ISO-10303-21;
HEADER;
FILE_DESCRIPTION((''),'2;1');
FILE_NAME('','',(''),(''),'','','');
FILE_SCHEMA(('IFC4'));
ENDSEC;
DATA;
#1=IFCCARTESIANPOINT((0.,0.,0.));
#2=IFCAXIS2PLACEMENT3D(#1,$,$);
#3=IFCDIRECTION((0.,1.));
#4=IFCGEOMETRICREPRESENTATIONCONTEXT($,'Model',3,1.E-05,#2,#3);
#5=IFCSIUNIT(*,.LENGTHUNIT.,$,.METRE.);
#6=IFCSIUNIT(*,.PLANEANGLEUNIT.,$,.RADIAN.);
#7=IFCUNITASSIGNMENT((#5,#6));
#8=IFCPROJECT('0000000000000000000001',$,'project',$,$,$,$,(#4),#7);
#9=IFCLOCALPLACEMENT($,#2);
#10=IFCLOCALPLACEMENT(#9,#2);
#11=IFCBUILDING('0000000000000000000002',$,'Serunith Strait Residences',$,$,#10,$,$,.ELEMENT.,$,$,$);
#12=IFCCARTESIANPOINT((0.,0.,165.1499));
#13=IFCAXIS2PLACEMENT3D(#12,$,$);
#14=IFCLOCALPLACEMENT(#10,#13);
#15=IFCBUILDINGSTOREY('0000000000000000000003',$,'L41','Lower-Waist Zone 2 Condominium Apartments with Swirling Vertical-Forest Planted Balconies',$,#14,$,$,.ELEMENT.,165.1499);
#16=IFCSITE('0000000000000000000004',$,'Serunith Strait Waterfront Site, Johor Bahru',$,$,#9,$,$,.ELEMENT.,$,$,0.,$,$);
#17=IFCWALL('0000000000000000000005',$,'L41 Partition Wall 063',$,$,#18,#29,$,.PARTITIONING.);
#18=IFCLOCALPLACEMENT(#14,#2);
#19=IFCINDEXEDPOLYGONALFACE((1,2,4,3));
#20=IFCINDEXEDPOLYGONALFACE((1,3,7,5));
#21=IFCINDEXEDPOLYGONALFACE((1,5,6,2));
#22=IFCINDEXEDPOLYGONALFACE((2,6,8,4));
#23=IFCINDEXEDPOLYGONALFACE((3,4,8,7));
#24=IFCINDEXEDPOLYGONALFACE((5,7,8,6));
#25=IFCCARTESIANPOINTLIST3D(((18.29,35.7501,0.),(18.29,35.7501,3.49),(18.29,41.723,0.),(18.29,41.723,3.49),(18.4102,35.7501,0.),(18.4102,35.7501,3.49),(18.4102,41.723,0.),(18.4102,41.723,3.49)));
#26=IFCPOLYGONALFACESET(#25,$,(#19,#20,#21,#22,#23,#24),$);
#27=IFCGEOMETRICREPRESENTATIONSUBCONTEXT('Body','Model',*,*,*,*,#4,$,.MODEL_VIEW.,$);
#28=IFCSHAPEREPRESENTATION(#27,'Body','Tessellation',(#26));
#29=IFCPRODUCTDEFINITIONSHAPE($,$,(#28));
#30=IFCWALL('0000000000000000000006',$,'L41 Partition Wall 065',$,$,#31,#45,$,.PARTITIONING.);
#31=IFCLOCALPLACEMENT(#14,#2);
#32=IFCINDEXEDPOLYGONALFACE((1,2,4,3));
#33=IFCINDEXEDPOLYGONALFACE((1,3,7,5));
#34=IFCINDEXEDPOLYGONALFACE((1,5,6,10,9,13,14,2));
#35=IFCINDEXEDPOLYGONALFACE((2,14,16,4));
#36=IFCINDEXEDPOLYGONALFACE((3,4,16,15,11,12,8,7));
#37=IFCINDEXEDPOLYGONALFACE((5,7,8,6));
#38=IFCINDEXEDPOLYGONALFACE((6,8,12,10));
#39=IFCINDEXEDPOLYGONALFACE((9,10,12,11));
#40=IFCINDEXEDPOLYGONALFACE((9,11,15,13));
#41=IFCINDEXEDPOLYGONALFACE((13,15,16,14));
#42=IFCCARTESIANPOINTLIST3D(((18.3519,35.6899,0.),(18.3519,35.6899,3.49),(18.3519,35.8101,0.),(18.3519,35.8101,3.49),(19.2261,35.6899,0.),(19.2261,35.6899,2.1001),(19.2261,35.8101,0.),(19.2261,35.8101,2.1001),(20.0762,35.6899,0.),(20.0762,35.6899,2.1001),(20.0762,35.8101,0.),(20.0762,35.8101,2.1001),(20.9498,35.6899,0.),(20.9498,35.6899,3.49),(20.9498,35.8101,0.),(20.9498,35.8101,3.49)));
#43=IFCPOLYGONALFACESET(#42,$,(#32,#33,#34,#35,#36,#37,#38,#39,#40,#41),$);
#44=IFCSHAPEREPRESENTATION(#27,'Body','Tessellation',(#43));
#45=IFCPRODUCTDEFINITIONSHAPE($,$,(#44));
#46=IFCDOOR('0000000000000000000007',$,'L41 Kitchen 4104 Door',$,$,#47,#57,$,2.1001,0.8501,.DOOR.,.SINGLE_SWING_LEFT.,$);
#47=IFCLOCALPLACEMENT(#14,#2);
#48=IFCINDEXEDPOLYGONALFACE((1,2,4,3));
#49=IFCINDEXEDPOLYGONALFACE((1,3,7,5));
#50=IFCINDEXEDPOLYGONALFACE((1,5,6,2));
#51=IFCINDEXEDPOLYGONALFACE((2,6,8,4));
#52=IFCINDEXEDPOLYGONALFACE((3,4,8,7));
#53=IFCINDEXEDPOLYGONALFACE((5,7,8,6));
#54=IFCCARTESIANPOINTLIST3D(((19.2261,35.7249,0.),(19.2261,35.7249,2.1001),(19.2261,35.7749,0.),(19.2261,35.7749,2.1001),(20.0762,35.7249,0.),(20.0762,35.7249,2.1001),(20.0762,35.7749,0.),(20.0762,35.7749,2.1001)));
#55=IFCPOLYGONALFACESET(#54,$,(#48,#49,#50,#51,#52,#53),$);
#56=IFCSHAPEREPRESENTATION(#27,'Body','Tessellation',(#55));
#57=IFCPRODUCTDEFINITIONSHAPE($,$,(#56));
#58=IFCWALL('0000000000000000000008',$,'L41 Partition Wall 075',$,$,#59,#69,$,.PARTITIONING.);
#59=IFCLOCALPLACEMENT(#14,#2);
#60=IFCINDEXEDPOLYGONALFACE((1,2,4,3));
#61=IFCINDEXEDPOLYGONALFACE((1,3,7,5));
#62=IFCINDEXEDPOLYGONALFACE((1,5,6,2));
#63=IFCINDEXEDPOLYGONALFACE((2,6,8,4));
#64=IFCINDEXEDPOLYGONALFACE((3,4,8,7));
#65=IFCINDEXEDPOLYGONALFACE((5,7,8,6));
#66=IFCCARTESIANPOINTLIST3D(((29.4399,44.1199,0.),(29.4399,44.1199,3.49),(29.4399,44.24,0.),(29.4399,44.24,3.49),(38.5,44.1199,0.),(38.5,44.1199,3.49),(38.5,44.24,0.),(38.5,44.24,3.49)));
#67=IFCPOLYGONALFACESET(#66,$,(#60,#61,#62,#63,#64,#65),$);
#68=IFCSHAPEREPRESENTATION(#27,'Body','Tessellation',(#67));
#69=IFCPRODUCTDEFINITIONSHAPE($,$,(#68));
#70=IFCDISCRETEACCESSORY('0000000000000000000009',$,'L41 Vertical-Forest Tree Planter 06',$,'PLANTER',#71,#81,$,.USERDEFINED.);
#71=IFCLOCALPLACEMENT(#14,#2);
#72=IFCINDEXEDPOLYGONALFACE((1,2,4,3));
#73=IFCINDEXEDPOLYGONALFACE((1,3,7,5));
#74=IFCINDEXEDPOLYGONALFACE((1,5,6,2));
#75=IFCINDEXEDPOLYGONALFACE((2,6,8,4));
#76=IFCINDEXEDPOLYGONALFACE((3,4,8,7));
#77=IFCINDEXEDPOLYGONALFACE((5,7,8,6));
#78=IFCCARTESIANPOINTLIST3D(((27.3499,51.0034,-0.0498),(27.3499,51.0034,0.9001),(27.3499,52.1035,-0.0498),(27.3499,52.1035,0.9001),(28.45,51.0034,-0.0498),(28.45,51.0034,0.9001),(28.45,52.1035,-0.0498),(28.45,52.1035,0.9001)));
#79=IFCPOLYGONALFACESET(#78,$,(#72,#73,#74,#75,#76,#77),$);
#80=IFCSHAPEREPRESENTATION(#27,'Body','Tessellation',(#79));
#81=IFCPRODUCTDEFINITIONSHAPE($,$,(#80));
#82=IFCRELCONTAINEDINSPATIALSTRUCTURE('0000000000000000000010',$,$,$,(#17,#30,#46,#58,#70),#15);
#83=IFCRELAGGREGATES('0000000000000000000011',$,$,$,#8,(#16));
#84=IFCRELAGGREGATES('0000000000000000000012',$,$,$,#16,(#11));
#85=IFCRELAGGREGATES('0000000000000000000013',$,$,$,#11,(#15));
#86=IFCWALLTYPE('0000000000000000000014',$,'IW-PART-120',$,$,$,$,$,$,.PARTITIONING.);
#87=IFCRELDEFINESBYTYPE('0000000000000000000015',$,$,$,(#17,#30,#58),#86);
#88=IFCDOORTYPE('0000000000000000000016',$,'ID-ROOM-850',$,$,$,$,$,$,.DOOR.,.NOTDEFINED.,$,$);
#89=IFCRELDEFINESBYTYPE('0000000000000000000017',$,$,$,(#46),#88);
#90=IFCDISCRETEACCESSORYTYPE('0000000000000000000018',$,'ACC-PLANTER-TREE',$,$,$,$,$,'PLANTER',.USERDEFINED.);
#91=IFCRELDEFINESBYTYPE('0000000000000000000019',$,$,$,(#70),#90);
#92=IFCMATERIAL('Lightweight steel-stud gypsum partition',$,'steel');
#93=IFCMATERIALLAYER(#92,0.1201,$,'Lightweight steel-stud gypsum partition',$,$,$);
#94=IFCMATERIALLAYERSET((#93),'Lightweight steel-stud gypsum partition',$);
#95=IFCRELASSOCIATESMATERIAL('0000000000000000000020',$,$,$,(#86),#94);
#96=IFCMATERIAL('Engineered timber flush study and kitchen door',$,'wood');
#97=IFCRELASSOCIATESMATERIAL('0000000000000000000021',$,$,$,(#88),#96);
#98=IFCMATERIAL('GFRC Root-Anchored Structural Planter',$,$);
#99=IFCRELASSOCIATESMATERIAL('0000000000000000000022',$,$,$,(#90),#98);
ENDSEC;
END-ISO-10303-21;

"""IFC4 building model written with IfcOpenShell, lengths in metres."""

from ifc_helpers import new_model, si_unit, direction, frame, frame_2d, origin, origin_2d, place, context, subcontext, project, spatial, rectangle, extrude, source, transform, mapped, material, layer, layer_set, type_object, element, fill, save


model = new_model("IFC4")

# Units and contexts
model_context = context("Model", 3, precision=1e-05, world=origin(), true_north=direction((0.0, 1.0)))
body_context = subcontext(model_context, "Body", "Model", "MODEL_VIEW")
ifc_project = project(units=[si_unit("LENGTHUNIT", "METRE"), si_unit("PLANEANGLEUNIT", "RADIAN")], contexts=[model_context])

# Site, building, storey
site_placement = place(None, origin())
site = spatial("IfcSite", under=ifc_project, at=site_placement, Name="Serunith Strait Waterfront Site, Johor Bahru", CompositionType="ELEMENT", RefElevation=0.0)
building_placement = place(site_placement, origin())
building = spatial("IfcBuilding", under=site, at=building_placement, Name="Serunith Strait Residences", CompositionType="ELEMENT")
storey_placement = place(building_placement, frame((0.0, 0.0, 165.1499)))
storey = spatial("IfcBuildingStorey", under=building, at=storey_placement, Name="L41", Description="Lower-Waist Zone 2 Condominium Apartments with Swirling Vertical-Forest Planted Balconies", CompositionType="ELEMENT", Elevation=165.1499)

# Shared definitions
ifc_material_1 = material(Name="Lightweight steel-stud gypsum partition", Category="steel")
ifc_layer_1 = layer(ifc_material_1, 0.1201, Name="Lightweight steel-stud gypsum partition")
ifc_layer_set_1 = layer_set([ifc_layer_1], Name="Lightweight steel-stud gypsum partition")
wall_type = type_object("IfcWallType", Name="IW-PART-120", PredefinedType="PARTITIONING", material=ifc_layer_set_1)

# Wall
wall_1_placement = place(storey_placement, frame((18.3501, 41.7229, 0.0), z_axis=(0.0, 0.0, 1.0), x_axis=(0.0, -1.0, 0.0)))
element("IfcWall", 1, at=wall_1_placement, inside=storey, type_object=wall_type, Name="L41 Partition Wall 063", PredefinedType="PARTITIONING", context=body_context, shape_type="SweptSolid", body=[
    extrude(rectangle(XDim=5.9729, YDim=0.1201, at=frame_2d((2.9863, 0.0))), origin(), (0.0, 0.0, 1.0), 3.49),
])

# Wall, opening, door
wall_2_placement = place(storey_placement, frame((18.3521, 35.75, 0.0), z_axis=(0.0, 0.0, 1.0), x_axis=(1.0, 0.0, 0.0)))
wall_2 = element("IfcWall", 2, at=wall_2_placement, inside=storey, type_object=wall_type, Name="L41 Partition Wall 065", PredefinedType="PARTITIONING", context=body_context, shape_type="SweptSolid", body=[
    extrude(rectangle(XDim=2.5979, YDim=0.1201, at=frame_2d((1.2988, 0.0))), origin(), (0.0, 0.0, 1.0), 3.49),
])
opening_1_placement = place(wall_2_placement, frame((0.874, 0.0, 0.0)))
opening_1 = element("IfcOpeningElement", 3, at=opening_1_placement, cuts=wall_2, PredefinedType="OPENING", context=body_context, shape_type="SweptSolid", body=[
    extrude(rectangle(XDim=0.8501, YDim=2.1001, at=frame_2d((0.425, 1.05))), frame((0.0, 0.0701, 0.0), z_axis=(0.0, -1.0, 0.0), x_axis=(1.0, 0.0, 0.0)), (0.0, 0.0, 1.0), 0.1401),
])
ifc_material_2 = material(Name="Engineered timber flush study and kitchen door", Category="wood")
door_type_1 = type_object("IfcDoorType", Name="ID-ROOM-850", OperationType="NOTDEFINED", PredefinedType="DOOR", material=ifc_material_2)
shared_shape_1 = source(origin(), body_context, "Body", "SweptSolid", [
    extrude(rectangle(XDim=0.8501, YDim=2.1001, at=frame_2d((0.425, 1.05))), frame((0.0, 0.0249, 0.0), z_axis=(0.0, -1.0, 0.0), x_axis=(1.0, 0.0, 0.0)), (0.0, 0.0, 1.0), 0.05),
])
door_1_placement = place(opening_1_placement, origin())
door_1 = element("IfcDoor", 4, at=door_1_placement, inside=storey, type_object=door_type_1, Name="L41 Kitchen 4104 Door", OperationType="SINGLE_SWING_LEFT", OverallHeight=2.1001, OverallWidth=0.8501, PredefinedType="DOOR", context=body_context, shape_type="MappedRepresentation", body=[
    mapped(shared_shape_1, transform((0.0, 0.0, 0.0), scale=1.0)),
])
fill(opening_1, door_1)

# Wall
wall_3_placement = place(storey_placement, frame((29.4399, 44.1799, 0.0), z_axis=(0.0, 0.0, 1.0), x_axis=(1.0, 0.0, 0.0)))
element("IfcWall", 5, at=wall_3_placement, inside=storey, type_object=wall_type, Name="L41 Partition Wall 075", PredefinedType="PARTITIONING", context=body_context, shape_type="SweptSolid", body=[
    extrude(rectangle(XDim=9.0601, YDim=0.1201, at=frame_2d((4.53, 0.0))), origin(), (0.0, 0.0, 1.0), 3.49),
])

# Discrete accessory
ifc_material_3 = material(Name="GFRC Root-Anchored Structural Planter")
discrete_accessory_type = type_object("IfcDiscreteAccessoryType", Name="ACC-PLANTER-TREE", ElementType="PLANTER", PredefinedType="USERDEFINED", material=ifc_material_3)
shared_shape_2 = source(origin(), body_context, "Body", "SweptSolid", [
    extrude(rectangle(XDim=1.1001, YDim=1.1001, at=origin_2d()), origin(), (0.0, 0.0, 1.0), 0.95),
])
discrete_accessory_placement = place(storey_placement, frame((27.8999, 51.5535, -0.0498), z_axis=(0.0, 0.0, 1.0), x_axis=(-1.0, 0.0, 0.0)))
element("IfcDiscreteAccessory", 6, at=discrete_accessory_placement, inside=storey, type_object=discrete_accessory_type, Name="L41 Vertical-Forest Tree Planter 06", ObjectType="PLANTER", PredefinedType="USERDEFINED", context=body_context, shape_type="MappedRepresentation", body=[
    mapped(shared_shape_2, transform((0.0, 0.0, 0.0), scale=1.0)),
])

save(model, "model.ifc")
